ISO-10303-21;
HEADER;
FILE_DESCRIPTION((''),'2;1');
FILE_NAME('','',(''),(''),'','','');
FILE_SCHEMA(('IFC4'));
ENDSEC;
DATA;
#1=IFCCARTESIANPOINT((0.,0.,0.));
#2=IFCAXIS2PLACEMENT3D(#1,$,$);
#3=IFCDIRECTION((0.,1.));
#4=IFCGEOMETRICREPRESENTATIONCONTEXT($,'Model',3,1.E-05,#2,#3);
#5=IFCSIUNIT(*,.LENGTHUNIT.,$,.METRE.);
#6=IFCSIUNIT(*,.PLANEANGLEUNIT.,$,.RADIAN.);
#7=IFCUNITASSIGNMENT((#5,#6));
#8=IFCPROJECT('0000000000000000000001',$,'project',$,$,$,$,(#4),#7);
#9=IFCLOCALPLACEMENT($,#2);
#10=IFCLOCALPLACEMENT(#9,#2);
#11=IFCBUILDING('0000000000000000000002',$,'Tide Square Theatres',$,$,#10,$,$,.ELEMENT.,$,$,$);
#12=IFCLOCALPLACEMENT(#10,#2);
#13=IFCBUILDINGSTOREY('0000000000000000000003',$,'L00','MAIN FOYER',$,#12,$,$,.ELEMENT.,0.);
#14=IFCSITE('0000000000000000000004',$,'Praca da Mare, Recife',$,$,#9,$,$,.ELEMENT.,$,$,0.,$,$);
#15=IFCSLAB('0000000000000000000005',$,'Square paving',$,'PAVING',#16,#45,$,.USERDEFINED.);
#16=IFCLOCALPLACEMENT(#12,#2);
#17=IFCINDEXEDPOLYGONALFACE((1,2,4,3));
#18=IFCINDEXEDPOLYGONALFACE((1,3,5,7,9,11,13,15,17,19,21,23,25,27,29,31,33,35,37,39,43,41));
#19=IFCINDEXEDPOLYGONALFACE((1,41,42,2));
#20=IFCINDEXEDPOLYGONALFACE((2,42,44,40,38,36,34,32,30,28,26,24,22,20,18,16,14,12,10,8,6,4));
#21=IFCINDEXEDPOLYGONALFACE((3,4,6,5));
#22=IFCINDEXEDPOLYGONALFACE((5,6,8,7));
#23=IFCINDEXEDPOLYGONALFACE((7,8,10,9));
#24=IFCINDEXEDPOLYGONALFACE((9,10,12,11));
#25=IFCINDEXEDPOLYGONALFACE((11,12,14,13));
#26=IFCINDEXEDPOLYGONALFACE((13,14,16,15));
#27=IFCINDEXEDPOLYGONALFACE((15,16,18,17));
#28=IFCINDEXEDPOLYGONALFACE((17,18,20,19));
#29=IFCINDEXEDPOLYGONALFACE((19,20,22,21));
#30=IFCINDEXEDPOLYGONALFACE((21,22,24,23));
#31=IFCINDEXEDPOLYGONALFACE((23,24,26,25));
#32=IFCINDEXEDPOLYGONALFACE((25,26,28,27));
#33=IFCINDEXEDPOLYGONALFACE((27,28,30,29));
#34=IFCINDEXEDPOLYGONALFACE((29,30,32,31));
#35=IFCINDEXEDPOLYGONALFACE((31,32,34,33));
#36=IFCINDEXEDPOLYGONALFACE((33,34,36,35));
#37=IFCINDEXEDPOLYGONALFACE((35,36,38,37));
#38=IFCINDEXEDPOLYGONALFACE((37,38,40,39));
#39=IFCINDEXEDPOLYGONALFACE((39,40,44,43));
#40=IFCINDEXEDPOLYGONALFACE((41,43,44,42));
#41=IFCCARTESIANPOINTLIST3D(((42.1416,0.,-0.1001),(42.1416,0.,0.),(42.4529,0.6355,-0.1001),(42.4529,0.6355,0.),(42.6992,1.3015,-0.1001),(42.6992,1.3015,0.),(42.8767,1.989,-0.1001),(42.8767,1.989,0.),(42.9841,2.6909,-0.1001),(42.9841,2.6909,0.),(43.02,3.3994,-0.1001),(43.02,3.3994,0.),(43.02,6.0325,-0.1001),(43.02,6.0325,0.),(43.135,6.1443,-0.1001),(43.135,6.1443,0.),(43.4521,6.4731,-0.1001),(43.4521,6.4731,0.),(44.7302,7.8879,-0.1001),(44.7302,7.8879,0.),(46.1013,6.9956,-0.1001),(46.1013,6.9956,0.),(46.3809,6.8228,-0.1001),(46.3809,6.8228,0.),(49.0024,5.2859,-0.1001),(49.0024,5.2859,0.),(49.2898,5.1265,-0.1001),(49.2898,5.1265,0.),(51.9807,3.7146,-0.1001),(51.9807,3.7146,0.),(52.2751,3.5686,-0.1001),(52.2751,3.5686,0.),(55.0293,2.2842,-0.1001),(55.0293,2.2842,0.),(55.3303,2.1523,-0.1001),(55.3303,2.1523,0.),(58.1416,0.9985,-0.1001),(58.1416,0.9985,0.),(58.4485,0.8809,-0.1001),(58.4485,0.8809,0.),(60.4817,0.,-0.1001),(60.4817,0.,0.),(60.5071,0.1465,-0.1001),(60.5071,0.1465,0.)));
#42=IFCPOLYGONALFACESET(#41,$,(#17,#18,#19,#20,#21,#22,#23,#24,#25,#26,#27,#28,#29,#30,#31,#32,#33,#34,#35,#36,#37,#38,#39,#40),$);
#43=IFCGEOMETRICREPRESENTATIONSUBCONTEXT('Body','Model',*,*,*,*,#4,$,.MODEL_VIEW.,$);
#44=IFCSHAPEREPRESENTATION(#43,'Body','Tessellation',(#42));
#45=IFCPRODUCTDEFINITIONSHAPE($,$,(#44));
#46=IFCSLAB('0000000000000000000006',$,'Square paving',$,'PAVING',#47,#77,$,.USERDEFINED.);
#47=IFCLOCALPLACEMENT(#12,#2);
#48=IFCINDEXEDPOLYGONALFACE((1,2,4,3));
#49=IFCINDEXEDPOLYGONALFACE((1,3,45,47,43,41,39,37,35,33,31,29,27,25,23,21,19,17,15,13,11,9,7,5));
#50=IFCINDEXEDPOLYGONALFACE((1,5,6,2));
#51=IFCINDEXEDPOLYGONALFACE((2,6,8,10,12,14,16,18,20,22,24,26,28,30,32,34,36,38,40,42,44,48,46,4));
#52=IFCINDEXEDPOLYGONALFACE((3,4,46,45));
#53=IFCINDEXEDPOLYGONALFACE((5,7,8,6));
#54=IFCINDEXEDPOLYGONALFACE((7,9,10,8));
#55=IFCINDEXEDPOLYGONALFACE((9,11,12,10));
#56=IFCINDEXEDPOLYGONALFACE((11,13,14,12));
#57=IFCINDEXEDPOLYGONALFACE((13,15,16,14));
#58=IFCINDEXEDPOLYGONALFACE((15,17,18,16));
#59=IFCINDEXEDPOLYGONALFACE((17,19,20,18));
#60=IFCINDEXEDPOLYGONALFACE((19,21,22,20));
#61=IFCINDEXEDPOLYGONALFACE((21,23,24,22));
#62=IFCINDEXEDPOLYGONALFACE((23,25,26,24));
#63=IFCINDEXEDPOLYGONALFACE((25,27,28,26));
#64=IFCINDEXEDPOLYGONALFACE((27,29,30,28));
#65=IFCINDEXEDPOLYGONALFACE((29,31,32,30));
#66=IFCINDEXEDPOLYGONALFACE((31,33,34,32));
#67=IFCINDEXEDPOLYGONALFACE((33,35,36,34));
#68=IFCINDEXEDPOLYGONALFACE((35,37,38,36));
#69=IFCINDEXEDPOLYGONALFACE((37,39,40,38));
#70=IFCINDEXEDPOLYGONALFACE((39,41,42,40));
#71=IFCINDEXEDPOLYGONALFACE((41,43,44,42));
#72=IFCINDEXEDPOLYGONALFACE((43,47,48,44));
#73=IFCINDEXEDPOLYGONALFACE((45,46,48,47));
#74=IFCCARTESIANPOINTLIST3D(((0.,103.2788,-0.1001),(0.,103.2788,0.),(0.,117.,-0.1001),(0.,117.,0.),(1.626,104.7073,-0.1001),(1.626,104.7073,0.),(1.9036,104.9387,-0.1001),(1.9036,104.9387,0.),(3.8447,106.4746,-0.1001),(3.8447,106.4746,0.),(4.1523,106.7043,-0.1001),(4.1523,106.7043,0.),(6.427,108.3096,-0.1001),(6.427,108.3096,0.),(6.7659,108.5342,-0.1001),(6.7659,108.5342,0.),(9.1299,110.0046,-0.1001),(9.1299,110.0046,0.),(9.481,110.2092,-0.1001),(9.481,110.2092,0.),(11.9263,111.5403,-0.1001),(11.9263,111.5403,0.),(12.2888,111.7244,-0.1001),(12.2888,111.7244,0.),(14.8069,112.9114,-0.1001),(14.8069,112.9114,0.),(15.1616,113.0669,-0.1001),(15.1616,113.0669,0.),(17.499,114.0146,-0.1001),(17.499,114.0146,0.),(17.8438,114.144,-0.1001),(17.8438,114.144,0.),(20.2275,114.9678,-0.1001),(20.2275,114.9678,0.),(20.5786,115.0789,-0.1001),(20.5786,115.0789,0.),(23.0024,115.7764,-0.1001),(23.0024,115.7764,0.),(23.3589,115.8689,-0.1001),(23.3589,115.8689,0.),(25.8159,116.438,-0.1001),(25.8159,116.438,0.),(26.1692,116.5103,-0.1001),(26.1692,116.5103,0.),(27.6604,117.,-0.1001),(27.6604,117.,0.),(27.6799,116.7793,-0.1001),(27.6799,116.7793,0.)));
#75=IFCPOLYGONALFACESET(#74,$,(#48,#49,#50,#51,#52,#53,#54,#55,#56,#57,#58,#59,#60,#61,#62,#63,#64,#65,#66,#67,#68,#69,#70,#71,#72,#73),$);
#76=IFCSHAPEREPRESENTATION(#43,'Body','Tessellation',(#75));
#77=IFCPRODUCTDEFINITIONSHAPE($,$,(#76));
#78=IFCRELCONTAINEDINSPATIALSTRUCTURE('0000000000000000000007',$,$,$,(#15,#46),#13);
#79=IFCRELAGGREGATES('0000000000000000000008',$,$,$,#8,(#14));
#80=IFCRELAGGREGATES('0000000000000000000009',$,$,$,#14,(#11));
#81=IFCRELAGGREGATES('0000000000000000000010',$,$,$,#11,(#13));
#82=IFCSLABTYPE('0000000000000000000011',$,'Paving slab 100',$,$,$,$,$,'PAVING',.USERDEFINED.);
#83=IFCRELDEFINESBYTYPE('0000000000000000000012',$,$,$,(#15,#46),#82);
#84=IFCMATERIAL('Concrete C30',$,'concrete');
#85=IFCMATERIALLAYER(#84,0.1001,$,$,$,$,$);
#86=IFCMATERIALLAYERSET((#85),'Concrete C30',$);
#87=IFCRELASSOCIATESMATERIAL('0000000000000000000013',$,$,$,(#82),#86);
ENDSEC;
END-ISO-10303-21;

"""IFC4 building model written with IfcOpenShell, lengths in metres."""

from ifc_helpers import new_model, si_unit, direction, frame, origin, place, context, subcontext, project, spatial, polyline, outline, extrude, material, layer, layer_set, type_object, element, save


model = new_model("IFC4")

# Units and contexts
model_context = context("Model", 3, precision=1e-05, world=origin(), true_north=direction((0.0, 1.0)))
body_context = subcontext(model_context, "Body", "Model", "MODEL_VIEW")
ifc_project = project(units=[si_unit("LENGTHUNIT", "METRE"), si_unit("PLANEANGLEUNIT", "RADIAN")], contexts=[model_context])

# Site, building, storey
site_placement = place(None, origin())
site = spatial("IfcSite", under=ifc_project, at=site_placement, Name="Praca da Mare, Recife", CompositionType="ELEMENT", RefElevation=0.0)
building_placement = place(site_placement, origin())
building = spatial("IfcBuilding", under=site, at=building_placement, Name="Tide Square Theatres", CompositionType="ELEMENT")
storey_placement = place(building_placement, origin())
storey = spatial("IfcBuildingStorey", under=building, at=storey_placement, Name="L00", Description="MAIN FOYER", CompositionType="ELEMENT", Elevation=0.0)

# Slabs
ifc_material_1 = material(Name="Concrete C30", Category="concrete")
ifc_layer_1 = layer(ifc_material_1, 0.1001)
ifc_layer_set_1 = layer_set([ifc_layer_1], Name="Concrete C30")
slab_type_1 = type_object("IfcSlabType", Name="Paving slab 100", ElementType="PAVING", PredefinedType="USERDEFINED", material=ifc_layer_set_1)
slab_1_placement = place(storey_placement, frame((0.0, 0.0, -0.1001)))
element("IfcSlab", 1, at=slab_1_placement, inside=storey, type_object=slab_type_1, Name="Square paving", ObjectType="PAVING", PredefinedType="USERDEFINED", context=body_context, shape_type="SweptSolid", body=[
    extrude(outline(polyline([(42.1416, 0.0), (60.4817, 0.0), (60.5071, 0.1465), (58.4485, 0.8809), (58.1416, 0.9985), (55.3303, 2.1523), (55.0293, 2.2842), (52.2751, 3.5686), (51.9807, 3.7146), (49.2898, 5.1265), (49.0024, 5.2859), (46.3809, 6.8228), (46.1013, 6.9956), (44.7302, 7.8879), (43.4521, 6.4731), (43.135, 6.1443), (43.02, 6.0325), (43.02, 3.3994), (42.9841, 2.6909), (42.8767, 1.989), (42.6992, 1.3015), (42.4529, 0.6355), (42.1416, 0.0)])), origin(), (0.0, 0.0, 1.0), 0.1001),
])
slab_2_placement = place(storey_placement, frame((0.0, 0.0, -0.1001)))
element("IfcSlab", 2, at=slab_2_placement, inside=storey, type_object=slab_type_1, Name="Square paving", ObjectType="PAVING", PredefinedType="USERDEFINED", context=body_context, shape_type="SweptSolid", body=[
    extrude(outline(polyline([(0.0, 117.0), (0.0, 103.2788), (1.626, 104.7073), (1.9036, 104.9387), (3.8447, 106.4746), (4.1523, 106.7043), (6.427, 108.3096), (6.7659, 108.5342), (9.1299, 110.0046), (9.481, 110.2092), (11.9263, 111.5403), (12.2888, 111.7244), (14.8069, 112.9114), (15.1616, 113.0669), (17.499, 114.0146), (17.8438, 114.144), (20.2275, 114.9678), (20.5786, 115.0789), (23.0024, 115.7764), (23.3589, 115.8689), (25.8159, 116.438), (26.1692, 116.5103), (27.6799, 116.7793), (27.6604, 117.0), (0.0, 117.0)])), origin(), (0.0, 0.0, 1.0), 0.1001),
])

save(model, "model.ifc")
